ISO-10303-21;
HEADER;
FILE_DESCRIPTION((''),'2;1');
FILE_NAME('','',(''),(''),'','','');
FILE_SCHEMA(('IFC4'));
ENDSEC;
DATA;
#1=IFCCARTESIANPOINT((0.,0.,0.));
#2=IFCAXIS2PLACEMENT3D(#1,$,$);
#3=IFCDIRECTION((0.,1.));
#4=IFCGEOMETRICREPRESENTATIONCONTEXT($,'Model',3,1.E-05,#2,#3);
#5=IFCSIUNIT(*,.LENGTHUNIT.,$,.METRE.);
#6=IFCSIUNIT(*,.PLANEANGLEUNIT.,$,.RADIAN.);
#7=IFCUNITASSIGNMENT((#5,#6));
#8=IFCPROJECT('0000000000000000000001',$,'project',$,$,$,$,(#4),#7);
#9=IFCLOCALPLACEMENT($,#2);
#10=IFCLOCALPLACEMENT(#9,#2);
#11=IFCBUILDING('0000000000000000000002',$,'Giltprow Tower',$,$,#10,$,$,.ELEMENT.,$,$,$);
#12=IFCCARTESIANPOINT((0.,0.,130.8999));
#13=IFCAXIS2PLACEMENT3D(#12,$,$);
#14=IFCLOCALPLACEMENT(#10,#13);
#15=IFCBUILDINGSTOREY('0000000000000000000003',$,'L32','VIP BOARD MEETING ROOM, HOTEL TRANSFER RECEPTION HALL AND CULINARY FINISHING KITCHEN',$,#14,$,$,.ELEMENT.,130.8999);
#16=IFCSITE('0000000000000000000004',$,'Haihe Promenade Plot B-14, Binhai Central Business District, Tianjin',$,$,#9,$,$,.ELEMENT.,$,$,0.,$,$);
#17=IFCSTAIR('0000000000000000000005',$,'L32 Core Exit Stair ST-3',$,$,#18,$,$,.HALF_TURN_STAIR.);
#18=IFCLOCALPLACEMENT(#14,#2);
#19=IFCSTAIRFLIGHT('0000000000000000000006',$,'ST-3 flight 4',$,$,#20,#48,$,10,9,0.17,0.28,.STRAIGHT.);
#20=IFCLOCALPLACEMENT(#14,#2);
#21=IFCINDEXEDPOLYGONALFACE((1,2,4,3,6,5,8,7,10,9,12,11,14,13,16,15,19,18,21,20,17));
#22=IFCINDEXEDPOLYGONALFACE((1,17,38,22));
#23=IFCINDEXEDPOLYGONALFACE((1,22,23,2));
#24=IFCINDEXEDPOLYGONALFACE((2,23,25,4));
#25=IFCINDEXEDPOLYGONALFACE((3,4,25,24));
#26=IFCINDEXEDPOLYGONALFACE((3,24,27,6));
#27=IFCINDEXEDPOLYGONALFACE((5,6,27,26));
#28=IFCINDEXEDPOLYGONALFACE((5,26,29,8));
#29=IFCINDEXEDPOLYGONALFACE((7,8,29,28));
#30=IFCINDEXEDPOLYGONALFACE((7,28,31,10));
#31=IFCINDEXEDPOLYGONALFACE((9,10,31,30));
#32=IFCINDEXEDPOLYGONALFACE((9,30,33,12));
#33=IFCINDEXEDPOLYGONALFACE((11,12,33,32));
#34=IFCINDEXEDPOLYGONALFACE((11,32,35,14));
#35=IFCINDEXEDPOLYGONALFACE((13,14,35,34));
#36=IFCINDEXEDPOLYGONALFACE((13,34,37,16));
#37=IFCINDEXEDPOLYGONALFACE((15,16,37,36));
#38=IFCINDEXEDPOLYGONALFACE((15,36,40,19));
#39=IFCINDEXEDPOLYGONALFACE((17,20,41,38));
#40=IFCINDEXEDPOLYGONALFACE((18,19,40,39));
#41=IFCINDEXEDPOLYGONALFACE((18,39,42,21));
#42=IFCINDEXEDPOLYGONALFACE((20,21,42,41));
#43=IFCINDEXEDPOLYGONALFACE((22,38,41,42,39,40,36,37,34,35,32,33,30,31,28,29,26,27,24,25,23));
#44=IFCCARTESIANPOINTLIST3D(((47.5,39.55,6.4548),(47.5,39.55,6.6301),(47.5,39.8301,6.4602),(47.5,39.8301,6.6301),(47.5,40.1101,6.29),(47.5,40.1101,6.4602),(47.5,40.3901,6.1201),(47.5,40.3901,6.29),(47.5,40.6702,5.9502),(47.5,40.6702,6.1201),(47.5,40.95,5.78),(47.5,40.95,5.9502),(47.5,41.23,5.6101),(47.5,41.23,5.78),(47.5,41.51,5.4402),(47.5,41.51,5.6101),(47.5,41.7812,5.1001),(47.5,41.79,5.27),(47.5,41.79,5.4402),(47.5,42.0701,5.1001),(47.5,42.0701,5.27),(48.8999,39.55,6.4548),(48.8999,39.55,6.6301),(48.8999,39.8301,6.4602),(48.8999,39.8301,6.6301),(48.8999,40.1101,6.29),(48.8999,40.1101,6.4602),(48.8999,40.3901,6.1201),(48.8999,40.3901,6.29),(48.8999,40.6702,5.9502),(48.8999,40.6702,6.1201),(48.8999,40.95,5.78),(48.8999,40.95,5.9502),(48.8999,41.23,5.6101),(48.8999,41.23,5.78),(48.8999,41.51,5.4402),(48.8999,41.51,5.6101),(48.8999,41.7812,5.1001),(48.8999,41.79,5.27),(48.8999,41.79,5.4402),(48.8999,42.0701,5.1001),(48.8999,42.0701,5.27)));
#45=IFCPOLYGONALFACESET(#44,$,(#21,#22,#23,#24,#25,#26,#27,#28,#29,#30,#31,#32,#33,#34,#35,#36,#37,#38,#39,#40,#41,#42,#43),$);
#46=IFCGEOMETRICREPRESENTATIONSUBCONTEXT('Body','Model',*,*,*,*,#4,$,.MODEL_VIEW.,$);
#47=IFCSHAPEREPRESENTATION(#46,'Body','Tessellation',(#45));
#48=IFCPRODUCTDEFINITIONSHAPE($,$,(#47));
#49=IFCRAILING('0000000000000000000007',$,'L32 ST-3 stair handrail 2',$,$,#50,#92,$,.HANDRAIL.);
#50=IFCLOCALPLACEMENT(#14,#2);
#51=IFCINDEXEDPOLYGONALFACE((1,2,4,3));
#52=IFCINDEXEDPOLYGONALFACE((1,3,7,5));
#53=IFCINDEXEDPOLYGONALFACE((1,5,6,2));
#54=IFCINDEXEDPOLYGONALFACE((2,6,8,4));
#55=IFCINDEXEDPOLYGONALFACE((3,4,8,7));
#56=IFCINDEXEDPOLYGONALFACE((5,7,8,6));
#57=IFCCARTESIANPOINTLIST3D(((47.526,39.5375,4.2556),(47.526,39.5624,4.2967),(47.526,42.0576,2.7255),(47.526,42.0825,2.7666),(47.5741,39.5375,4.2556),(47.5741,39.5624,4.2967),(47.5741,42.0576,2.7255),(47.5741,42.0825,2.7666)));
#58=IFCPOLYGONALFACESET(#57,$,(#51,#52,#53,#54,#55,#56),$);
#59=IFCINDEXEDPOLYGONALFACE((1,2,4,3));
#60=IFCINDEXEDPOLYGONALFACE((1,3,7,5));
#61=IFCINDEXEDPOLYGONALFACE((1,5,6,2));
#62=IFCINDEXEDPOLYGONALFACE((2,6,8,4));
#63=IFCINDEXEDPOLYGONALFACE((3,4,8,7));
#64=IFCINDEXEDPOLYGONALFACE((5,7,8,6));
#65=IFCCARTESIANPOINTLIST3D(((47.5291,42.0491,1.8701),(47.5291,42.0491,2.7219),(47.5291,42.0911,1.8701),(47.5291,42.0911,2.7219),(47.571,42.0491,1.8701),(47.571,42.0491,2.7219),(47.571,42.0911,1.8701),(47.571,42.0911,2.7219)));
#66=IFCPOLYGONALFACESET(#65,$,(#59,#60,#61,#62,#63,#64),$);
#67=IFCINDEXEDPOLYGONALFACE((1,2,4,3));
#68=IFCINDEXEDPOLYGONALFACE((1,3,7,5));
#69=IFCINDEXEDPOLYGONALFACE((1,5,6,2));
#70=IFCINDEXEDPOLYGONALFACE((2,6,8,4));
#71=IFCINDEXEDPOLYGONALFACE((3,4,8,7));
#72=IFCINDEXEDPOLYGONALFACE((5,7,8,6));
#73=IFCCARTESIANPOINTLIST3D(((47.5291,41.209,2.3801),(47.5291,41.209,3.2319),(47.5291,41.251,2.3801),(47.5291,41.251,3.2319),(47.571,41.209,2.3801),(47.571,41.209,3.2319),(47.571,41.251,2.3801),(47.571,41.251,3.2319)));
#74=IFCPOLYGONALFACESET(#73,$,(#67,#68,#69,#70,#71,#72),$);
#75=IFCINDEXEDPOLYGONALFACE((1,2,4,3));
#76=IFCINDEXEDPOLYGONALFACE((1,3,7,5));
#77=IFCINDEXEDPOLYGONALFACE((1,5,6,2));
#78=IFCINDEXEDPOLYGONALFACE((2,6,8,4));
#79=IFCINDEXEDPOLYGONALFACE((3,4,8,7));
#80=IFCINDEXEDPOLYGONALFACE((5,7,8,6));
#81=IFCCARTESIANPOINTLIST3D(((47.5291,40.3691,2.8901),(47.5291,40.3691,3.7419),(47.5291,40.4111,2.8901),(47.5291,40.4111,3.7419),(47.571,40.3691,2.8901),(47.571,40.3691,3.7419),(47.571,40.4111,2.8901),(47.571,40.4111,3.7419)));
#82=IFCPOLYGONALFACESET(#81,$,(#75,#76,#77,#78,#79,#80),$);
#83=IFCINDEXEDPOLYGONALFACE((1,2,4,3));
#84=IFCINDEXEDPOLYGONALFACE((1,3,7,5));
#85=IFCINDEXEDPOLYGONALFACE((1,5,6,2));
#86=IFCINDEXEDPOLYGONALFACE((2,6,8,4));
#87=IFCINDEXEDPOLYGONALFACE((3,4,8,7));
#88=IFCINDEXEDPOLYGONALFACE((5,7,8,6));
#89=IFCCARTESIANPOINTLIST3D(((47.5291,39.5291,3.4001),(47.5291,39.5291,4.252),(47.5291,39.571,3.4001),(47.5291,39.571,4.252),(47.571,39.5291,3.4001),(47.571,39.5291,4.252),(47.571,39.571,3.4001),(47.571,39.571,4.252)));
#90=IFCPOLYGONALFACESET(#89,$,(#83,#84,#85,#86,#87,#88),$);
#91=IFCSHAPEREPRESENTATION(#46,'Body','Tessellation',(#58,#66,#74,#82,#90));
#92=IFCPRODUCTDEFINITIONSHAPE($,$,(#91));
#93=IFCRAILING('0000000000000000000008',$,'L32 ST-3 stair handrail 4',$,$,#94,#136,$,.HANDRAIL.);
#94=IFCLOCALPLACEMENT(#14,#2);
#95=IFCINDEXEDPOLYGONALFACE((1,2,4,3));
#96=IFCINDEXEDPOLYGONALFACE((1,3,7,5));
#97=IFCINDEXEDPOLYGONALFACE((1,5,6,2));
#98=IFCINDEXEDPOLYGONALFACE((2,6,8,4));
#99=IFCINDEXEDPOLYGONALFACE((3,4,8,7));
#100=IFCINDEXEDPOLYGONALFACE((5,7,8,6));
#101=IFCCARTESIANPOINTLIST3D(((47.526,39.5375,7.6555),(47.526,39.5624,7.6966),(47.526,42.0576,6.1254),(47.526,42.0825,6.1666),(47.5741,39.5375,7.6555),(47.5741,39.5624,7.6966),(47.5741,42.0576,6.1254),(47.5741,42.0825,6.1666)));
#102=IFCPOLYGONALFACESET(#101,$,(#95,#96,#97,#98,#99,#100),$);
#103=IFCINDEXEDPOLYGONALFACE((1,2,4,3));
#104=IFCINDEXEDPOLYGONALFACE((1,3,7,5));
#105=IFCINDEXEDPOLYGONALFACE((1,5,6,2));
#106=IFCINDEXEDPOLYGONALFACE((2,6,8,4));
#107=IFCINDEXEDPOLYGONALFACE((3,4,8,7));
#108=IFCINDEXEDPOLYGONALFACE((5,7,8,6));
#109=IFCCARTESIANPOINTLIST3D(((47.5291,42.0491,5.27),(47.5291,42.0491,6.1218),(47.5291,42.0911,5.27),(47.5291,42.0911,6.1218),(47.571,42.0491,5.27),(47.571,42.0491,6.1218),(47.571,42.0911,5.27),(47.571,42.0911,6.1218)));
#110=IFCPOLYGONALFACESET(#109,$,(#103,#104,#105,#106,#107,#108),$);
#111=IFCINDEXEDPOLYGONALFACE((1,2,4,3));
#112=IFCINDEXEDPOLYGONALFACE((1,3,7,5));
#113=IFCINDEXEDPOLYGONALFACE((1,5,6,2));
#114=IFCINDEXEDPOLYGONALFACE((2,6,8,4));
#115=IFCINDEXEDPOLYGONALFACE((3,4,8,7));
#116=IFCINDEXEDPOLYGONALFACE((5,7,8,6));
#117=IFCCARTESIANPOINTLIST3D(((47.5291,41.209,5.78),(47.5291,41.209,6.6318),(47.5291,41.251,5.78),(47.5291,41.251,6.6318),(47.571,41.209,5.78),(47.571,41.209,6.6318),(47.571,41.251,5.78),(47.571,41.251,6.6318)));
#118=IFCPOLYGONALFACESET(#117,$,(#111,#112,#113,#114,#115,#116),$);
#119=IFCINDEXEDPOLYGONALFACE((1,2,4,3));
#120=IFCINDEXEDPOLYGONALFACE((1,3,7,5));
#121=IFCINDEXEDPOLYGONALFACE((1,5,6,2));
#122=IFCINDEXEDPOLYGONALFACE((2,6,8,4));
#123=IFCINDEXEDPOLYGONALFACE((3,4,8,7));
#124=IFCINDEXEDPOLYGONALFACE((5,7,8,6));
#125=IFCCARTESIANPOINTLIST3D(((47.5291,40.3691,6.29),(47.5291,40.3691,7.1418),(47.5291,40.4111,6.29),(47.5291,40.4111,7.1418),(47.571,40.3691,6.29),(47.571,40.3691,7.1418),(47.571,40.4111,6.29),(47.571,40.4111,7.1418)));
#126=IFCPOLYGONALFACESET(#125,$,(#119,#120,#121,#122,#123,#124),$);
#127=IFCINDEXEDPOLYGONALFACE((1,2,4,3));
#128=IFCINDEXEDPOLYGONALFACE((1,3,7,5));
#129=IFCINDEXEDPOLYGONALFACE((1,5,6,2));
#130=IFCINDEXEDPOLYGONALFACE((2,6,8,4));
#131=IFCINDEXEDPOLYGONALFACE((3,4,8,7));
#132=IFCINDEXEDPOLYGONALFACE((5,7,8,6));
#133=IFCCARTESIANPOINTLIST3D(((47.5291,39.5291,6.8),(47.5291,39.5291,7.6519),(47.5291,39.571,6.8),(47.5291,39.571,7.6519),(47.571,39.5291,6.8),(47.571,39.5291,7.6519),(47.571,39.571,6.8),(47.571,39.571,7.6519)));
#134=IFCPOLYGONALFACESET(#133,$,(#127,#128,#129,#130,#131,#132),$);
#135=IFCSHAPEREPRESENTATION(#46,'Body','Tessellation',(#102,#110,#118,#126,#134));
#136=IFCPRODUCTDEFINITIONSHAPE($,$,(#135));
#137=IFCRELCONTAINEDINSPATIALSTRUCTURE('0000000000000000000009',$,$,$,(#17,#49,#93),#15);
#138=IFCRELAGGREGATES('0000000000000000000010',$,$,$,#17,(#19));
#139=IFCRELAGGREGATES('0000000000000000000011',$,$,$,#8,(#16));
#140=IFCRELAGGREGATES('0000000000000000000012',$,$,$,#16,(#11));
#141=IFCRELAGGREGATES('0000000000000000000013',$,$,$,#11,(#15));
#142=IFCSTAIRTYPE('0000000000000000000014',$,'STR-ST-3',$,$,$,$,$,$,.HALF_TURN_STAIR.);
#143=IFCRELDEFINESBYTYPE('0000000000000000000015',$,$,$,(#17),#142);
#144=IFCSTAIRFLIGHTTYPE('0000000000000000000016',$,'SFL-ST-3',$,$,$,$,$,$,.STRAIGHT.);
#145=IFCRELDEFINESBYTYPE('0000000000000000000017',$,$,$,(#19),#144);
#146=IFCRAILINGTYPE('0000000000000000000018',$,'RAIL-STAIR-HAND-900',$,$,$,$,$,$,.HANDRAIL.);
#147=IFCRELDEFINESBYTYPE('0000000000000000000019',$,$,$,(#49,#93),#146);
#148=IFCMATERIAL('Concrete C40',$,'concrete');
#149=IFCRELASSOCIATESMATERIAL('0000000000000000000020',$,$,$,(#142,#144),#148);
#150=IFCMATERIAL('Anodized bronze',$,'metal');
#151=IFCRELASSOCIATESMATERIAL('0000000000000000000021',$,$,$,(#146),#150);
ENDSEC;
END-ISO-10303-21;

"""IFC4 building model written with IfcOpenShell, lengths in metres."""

from ifc_helpers import new_model, si_unit, direction, frame, origin, origin_2d, place, context, subcontext, project, spatial, polyline, rectangle, outline, extrude, material, type_object, element, aggregate, save


model = new_model("IFC4")

# Units and contexts
model_context = context("Model", 3, precision=1e-05, world=origin(), true_north=direction((0.0, 1.0)))
body_context = subcontext(model_context, "Body", "Model", "MODEL_VIEW")
ifc_project = project(units=[si_unit("LENGTHUNIT", "METRE"), si_unit("PLANEANGLEUNIT", "RADIAN")], contexts=[model_context])

# Site, building, storey
site_placement = place(None, origin())
site = spatial("IfcSite", under=ifc_project, at=site_placement, Name="Haihe Promenade Plot B-14, Binhai Central Business District, Tianjin", CompositionType="ELEMENT", RefElevation=0.0)
building_placement = place(site_placement, origin())
building = spatial("IfcBuilding", under=site, at=building_placement, Name="Giltprow Tower", CompositionType="ELEMENT")
storey_placement = place(building_placement, frame((0.0, 0.0, 130.8999)))
storey = spatial("IfcBuildingStorey", under=building, at=storey_placement, Name="L32", Description="VIP BOARD MEETING ROOM, HOTEL TRANSFER RECEPTION HALL AND CULINARY FINISHING KITCHEN", CompositionType="ELEMENT", Elevation=130.8999)

# Shared definitions
ifc_material_1 = material(Name="Concrete C40", Category="concrete")

# Stair, stair flight
stair_type = type_object("IfcStairType", Name="STR-ST-3", PredefinedType="HALF_TURN_STAIR", material=ifc_material_1)
stair_placement = place(storey_placement, origin())
stair = element("IfcStair", 1, at=stair_placement, inside=storey, type_object=stair_type, Name="L32 Core Exit Stair ST-3", PredefinedType="HALF_TURN_STAIR")
stair_flight_type = type_object("IfcStairFlightType", Name="SFL-ST-3", PredefinedType="STRAIGHT", material=ifc_material_1)
stair_flight_1_placement = place(storey_placement, frame((48.2, 42.0701, 5.1001), z_axis=(0.0, 0.0, 1.0), x_axis=(0.0, -1.0, 0.0)))
stair_flight_1 = element("IfcStairFlight", 2, at=stair_flight_1_placement, type_object=stair_flight_type, Name="ST-3 flight 4", NumberOfRisers=10, NumberOfTreads=9, PredefinedType="STRAIGHT", RiserHeight=0.17, TreadLength=0.28, context=body_context, shape_type="SweptSolid", body=[
    extrude(outline(polyline([(0.0, 0.0), (0.0, 0.1699), (0.28, 0.1699), (0.28, 0.3401), (0.5601, 0.3401), (0.5601, 0.51), (0.8401, 0.51), (0.8401, 0.6799), (1.1201, 0.6799), (1.1201, 0.8501), (1.3999, 0.8501), (1.3999, 1.02), (1.6799, 1.02), (1.6799, 1.1899), (1.96, 1.1899), (1.96, 1.3601), (2.24, 1.3601), (2.24, 1.53), (2.52, 1.53), (2.52, 1.7), (2.52, 1.3547), (0.2888, 0.0), (0.0, 0.0)])), frame((0.0, 0.7, 0.0), z_axis=(0.0, -1.0, 0.0), x_axis=(1.0, 0.0, 0.0)), (0.0, 0.0, 1.0), 1.3999),
])
aggregate(stair, [stair_flight_1])

# Railings
ifc_material_2 = material(Name="Anodized bronze", Category="metal")
railing_type = type_object("IfcRailingType", Name="RAIL-STAIR-HAND-900", PredefinedType="HANDRAIL", material=ifc_material_2)
for number, where, name in (
    (3, (47.55, 42.0701, 1.8701), "L32 ST-3 stair handrail 2"),
    (4, (47.55, 42.0701, 5.27), "L32 ST-3 stair handrail 4"),
):
    element("IfcRailing", number, at=place(storey_placement, frame(where)), inside=storey, type_object=railing_type, Name=name, PredefinedType="HANDRAIL", context=body_context, shape_type="SweptSolid", body=[
        extrude(rectangle(XDim=0.0481, YDim=0.0481, at=origin_2d()), frame((0.0, 0.0, 0.876), z_axis=(0.0, -0.854785, 0.518982), x_axis=(1.0, 0.0, 0.0)), (0.0, 0.0, 1.0), 2.9482),
        extrude(rectangle(XDim=0.042, YDim=0.042, at=origin_2d()), origin(), (0.0, 0.0, 1.0), 0.8518),
        extrude(rectangle(XDim=0.042, YDim=0.042, at=origin_2d()), frame((0.0, -0.8401, 0.51)), (0.0, 0.0, 1.0), 0.8518),
        extrude(rectangle(XDim=0.042, YDim=0.042, at=origin_2d()), frame((0.0, -1.6799, 1.02)), (0.0, 0.0, 1.0), 0.8518),
        extrude(rectangle(XDim=0.042, YDim=0.042, at=origin_2d()), frame((0.0, -2.52, 1.53)), (0.0, 0.0, 1.0), 0.8518),
    ])

save(model, "model.ifc")
